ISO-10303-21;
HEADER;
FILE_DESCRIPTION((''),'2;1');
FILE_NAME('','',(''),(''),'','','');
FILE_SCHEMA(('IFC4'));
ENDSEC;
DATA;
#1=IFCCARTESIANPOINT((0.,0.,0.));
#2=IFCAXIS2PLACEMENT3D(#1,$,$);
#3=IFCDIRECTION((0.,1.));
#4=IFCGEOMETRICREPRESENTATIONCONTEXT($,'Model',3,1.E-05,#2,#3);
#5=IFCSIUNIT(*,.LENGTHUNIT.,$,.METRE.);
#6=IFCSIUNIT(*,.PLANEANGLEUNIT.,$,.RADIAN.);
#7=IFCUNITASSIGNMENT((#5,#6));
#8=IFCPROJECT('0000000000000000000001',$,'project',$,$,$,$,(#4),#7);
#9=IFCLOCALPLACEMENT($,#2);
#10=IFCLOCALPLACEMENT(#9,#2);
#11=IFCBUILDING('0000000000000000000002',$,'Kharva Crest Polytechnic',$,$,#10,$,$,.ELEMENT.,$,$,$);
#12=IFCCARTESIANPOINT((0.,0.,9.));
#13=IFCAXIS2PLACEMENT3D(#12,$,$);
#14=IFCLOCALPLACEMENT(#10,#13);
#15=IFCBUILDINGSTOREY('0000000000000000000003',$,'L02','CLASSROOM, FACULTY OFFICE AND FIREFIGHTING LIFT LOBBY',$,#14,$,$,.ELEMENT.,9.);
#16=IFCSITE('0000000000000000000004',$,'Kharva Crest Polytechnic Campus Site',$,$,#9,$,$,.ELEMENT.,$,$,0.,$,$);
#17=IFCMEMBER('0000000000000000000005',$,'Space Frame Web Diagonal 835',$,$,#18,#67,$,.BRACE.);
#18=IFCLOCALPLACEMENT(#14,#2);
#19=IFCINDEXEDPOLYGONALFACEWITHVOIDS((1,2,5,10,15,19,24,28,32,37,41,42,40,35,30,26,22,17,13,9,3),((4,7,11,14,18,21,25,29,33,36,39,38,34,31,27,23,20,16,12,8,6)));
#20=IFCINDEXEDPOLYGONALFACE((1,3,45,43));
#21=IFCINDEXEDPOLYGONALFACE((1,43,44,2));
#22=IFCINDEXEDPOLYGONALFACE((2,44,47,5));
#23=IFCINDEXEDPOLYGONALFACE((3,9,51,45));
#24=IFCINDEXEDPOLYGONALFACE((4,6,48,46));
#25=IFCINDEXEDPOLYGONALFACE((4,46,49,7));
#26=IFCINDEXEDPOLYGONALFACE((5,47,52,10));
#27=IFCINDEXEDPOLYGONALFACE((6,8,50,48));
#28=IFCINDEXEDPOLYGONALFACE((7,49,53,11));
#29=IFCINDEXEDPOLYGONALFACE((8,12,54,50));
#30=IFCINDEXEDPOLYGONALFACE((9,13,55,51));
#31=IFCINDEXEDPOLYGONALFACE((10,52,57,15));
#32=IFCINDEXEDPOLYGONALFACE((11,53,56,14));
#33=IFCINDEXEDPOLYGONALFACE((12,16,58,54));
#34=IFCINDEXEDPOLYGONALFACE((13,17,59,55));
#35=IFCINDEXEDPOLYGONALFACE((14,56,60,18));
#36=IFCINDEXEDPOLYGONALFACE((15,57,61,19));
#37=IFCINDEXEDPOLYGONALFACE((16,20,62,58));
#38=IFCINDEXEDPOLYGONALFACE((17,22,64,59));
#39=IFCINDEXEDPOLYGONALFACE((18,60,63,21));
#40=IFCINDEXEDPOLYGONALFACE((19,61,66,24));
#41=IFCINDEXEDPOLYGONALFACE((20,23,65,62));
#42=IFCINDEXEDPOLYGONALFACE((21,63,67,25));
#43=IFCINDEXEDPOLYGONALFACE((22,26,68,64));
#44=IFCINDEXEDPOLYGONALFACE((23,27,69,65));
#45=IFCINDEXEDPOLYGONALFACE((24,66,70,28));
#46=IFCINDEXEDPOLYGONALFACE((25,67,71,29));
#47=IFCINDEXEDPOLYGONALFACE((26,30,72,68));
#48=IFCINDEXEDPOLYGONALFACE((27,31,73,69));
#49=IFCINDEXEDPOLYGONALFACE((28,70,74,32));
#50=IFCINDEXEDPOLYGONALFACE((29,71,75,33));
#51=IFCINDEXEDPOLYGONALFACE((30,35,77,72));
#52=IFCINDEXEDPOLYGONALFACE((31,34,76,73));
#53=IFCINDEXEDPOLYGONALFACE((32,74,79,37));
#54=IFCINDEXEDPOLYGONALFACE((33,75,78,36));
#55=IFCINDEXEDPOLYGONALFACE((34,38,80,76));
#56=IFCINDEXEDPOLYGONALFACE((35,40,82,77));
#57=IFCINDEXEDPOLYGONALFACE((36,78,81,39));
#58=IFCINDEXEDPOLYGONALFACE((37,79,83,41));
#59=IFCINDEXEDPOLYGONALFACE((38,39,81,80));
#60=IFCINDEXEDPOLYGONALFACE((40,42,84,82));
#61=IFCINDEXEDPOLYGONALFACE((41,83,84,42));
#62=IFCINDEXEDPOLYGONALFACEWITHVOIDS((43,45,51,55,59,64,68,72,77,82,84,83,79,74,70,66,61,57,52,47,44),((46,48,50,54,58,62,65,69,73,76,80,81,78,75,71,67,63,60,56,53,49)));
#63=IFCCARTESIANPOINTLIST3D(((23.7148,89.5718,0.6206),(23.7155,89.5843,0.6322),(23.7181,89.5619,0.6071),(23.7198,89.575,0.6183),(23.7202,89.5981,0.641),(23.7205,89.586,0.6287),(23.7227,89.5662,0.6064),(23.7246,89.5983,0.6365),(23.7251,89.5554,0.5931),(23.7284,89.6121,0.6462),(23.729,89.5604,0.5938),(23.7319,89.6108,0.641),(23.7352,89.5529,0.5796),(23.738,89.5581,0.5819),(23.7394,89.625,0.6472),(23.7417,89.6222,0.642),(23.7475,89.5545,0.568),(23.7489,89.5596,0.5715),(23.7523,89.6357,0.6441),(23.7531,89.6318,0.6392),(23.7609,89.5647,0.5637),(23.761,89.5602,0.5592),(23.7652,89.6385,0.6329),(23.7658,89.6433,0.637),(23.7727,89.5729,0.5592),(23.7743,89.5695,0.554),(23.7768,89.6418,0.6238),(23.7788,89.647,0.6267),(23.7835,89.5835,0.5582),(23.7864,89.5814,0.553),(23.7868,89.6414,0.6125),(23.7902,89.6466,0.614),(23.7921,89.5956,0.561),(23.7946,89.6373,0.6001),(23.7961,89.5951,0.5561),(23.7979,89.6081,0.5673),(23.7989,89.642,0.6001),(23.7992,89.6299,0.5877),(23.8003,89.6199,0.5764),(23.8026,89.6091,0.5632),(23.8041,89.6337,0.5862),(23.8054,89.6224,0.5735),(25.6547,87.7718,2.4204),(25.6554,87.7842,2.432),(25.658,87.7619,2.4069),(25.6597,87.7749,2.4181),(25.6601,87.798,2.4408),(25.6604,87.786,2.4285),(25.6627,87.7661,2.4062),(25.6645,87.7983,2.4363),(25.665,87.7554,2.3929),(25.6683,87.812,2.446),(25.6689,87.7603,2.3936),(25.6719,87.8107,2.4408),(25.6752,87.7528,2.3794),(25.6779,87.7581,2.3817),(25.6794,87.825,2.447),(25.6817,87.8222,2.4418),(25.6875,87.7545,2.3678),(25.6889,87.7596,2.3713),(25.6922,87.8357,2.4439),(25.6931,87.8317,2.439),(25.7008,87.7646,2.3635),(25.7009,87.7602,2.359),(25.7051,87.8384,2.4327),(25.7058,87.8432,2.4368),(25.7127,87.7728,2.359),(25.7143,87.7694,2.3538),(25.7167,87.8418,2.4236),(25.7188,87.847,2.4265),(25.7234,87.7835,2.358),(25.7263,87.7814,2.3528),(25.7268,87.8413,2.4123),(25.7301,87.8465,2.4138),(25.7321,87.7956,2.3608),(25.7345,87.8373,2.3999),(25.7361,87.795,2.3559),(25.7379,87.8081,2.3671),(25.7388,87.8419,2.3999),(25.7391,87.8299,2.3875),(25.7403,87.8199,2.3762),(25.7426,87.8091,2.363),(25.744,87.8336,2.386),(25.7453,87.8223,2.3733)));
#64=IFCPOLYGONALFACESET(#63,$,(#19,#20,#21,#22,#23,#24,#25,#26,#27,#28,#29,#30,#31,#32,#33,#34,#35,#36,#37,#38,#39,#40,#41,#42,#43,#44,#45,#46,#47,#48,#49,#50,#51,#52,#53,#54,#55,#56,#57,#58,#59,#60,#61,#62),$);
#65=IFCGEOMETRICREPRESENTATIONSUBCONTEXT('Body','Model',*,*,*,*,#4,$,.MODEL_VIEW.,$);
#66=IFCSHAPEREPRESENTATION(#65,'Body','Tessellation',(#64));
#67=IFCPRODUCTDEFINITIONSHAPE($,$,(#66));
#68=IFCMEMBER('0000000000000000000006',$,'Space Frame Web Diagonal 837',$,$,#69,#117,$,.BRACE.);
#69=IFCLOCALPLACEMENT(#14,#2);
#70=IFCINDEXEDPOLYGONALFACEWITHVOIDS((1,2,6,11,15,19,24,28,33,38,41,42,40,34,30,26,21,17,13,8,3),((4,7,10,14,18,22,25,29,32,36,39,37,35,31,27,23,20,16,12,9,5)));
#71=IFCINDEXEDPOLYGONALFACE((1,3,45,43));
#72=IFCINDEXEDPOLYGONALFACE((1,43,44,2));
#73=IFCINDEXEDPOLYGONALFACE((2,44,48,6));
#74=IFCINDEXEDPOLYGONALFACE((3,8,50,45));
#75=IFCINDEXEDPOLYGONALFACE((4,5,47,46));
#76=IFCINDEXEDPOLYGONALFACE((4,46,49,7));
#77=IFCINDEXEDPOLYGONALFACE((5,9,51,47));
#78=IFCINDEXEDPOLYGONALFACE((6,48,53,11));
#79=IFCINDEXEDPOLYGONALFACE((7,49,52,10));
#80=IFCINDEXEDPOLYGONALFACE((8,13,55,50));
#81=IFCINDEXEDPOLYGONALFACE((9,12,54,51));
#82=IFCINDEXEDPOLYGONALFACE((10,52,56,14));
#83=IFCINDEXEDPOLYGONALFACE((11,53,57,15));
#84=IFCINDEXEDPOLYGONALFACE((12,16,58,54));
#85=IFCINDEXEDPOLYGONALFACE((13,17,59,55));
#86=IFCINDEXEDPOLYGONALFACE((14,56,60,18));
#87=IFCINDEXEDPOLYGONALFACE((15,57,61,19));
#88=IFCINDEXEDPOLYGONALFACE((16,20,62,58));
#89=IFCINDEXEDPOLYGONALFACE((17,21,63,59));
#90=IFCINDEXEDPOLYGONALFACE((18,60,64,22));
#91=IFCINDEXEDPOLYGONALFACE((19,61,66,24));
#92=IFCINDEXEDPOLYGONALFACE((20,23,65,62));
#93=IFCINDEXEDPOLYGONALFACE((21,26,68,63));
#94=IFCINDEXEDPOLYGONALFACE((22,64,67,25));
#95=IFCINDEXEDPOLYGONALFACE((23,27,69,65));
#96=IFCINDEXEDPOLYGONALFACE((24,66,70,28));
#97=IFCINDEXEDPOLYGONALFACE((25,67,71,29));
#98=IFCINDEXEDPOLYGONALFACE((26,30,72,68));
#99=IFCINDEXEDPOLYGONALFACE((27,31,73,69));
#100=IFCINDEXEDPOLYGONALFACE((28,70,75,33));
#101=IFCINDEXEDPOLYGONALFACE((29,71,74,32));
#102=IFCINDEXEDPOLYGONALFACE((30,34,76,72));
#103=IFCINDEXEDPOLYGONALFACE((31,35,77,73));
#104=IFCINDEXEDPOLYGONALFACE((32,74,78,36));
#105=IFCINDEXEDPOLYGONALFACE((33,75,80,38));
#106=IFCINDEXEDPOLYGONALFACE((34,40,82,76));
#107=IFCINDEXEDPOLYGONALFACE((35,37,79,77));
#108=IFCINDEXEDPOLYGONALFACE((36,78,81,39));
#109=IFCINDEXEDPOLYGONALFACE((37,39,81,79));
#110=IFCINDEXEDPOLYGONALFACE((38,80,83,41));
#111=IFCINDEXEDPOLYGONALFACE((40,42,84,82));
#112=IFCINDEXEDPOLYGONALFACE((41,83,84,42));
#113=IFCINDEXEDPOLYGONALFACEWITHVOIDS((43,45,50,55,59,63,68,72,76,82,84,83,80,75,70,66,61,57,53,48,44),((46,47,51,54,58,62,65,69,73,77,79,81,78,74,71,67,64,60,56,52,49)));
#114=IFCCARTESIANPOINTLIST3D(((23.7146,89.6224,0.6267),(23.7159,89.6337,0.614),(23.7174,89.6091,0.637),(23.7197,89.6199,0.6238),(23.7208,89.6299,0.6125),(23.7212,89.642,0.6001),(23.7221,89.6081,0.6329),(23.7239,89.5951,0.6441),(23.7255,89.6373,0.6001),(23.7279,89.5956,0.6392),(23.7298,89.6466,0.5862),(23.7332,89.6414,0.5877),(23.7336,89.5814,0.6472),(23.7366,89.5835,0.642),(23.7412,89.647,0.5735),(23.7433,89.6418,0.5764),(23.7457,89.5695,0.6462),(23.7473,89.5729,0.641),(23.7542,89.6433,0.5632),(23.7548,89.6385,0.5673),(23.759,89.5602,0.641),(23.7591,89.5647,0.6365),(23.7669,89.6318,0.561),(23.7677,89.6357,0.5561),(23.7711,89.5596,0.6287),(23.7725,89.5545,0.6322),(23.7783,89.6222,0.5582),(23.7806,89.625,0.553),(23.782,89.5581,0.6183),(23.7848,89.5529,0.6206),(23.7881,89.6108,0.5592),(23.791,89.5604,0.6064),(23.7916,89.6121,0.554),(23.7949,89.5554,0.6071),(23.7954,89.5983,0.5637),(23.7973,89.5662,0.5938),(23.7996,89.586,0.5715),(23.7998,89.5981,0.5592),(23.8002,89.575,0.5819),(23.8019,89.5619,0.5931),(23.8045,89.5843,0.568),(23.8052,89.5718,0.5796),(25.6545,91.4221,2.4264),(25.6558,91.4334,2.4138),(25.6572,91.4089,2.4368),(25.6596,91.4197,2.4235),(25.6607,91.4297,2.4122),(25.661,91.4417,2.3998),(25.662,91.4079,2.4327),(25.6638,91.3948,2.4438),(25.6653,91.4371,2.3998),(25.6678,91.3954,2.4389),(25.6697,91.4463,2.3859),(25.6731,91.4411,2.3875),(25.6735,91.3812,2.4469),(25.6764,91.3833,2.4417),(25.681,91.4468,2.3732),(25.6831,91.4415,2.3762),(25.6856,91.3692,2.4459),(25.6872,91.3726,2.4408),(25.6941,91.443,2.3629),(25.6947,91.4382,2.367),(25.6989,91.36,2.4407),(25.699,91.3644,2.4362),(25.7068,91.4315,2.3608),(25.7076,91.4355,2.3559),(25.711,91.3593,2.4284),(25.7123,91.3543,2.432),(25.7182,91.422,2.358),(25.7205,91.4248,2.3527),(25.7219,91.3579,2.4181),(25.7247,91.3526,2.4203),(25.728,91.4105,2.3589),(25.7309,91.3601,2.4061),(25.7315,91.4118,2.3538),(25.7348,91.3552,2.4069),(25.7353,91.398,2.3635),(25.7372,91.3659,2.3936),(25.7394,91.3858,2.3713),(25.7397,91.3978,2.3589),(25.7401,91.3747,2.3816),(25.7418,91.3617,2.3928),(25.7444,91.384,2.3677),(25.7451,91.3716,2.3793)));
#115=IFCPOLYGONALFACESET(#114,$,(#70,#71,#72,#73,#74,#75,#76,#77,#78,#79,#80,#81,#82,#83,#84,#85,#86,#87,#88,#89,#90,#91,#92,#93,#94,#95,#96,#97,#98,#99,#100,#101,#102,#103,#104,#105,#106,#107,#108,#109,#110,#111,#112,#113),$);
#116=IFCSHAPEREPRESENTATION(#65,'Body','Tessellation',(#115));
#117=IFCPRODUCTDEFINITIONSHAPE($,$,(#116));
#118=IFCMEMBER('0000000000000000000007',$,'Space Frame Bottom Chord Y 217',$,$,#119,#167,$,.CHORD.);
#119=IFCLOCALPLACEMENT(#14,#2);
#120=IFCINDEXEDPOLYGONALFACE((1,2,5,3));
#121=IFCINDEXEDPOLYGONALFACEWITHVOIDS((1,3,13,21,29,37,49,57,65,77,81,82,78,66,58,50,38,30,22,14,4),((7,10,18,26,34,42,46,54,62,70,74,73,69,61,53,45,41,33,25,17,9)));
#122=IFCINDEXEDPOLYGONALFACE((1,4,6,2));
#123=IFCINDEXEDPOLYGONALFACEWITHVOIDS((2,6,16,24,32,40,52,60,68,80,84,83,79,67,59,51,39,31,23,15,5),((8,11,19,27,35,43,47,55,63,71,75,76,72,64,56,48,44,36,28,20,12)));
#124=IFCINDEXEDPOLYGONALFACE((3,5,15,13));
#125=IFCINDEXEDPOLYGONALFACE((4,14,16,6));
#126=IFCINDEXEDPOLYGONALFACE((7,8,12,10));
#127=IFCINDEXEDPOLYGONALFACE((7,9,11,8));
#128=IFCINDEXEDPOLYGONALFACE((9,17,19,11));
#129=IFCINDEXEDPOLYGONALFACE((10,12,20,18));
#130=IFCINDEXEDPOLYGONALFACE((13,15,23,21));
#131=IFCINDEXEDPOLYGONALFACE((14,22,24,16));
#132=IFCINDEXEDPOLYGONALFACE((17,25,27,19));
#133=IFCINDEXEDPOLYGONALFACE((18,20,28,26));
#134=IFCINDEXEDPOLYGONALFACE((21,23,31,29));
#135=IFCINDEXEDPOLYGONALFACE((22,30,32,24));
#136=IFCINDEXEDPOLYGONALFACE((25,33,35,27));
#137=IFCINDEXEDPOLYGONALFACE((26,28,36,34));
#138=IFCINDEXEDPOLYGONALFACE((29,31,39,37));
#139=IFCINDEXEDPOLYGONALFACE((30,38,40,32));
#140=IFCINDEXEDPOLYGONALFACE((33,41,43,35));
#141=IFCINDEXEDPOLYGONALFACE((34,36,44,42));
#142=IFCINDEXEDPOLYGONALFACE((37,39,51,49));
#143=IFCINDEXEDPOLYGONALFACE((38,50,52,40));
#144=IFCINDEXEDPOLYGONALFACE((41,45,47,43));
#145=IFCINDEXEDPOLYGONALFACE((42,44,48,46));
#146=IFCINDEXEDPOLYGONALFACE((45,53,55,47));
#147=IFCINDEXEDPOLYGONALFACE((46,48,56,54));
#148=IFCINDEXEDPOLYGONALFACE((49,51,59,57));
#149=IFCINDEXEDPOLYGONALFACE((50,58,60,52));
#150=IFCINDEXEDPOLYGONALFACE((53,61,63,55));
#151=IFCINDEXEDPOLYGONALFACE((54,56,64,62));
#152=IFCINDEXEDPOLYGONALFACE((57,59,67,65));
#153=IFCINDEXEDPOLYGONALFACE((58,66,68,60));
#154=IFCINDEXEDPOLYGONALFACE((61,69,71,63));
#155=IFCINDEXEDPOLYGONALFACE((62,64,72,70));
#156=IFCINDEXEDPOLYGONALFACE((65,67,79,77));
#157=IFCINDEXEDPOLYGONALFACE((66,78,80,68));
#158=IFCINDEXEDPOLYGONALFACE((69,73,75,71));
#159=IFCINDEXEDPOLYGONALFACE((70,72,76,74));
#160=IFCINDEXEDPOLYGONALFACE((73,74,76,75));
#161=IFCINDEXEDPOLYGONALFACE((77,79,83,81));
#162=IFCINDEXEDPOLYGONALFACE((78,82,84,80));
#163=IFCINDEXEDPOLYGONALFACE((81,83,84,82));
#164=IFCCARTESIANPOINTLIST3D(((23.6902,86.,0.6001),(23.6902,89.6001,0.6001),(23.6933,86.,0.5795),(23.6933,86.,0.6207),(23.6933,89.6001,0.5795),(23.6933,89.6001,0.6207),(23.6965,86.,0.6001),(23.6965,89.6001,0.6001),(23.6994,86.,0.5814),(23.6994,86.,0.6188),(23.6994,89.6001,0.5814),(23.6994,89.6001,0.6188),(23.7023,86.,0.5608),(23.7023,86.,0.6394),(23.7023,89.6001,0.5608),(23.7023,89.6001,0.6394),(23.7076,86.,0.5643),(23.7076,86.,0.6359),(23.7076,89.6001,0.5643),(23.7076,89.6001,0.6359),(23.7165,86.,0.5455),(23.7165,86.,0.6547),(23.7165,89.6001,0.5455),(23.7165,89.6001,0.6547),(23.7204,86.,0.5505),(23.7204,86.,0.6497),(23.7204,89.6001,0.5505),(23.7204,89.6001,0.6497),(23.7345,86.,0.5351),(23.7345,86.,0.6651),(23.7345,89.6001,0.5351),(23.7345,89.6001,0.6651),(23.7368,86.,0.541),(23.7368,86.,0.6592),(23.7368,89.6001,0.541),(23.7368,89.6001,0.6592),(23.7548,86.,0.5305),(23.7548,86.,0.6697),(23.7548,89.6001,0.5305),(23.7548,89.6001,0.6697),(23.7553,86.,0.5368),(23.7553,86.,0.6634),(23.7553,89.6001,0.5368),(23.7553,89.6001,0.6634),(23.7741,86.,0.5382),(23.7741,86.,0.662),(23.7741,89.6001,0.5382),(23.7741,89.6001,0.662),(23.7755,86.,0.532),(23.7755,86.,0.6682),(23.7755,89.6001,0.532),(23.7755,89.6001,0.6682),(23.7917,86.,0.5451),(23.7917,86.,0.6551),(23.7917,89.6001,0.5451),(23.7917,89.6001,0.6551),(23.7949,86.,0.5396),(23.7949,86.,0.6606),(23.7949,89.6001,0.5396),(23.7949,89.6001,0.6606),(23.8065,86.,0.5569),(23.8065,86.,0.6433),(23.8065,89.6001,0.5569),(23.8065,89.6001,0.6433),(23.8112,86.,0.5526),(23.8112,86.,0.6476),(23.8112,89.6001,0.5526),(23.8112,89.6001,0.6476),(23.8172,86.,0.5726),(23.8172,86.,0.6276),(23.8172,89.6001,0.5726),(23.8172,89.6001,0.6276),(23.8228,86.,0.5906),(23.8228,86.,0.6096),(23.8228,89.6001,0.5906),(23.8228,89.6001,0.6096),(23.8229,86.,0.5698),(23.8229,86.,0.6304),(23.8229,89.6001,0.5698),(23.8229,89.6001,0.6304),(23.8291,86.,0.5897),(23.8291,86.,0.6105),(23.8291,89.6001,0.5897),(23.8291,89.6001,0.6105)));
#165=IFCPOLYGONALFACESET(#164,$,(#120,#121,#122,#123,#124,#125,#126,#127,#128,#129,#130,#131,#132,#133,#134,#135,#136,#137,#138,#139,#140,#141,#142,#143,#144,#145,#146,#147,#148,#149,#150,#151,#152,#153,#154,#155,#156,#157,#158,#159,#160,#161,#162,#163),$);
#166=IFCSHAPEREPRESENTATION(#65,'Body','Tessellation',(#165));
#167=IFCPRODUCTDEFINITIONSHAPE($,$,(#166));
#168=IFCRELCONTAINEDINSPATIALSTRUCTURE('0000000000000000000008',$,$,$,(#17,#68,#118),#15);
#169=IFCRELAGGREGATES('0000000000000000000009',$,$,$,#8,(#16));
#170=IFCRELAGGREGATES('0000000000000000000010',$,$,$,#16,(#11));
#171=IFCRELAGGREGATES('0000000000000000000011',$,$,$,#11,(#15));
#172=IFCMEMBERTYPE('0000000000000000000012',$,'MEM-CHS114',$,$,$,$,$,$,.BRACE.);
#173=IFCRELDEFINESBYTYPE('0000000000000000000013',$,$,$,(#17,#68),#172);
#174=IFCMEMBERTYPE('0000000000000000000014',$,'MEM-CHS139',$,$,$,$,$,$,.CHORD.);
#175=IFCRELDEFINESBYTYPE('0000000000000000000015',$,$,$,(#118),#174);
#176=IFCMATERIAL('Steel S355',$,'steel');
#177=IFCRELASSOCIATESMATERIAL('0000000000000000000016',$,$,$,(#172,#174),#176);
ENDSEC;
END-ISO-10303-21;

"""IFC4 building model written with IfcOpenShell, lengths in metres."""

from ifc_helpers import new_model, si_unit, direction, frame, origin, origin_2d, place, context, subcontext, project, spatial, hollow_circle, extrude, material, material_profile, profile_set, type_object, element, save


model = new_model("IFC4")

# Units and contexts
model_context = context("Model", 3, precision=1e-05, world=origin(), true_north=direction((0.0, 1.0)))
body_context = subcontext(model_context, "Body", "Model", "MODEL_VIEW")
ifc_project = project(units=[si_unit("LENGTHUNIT", "METRE"), si_unit("PLANEANGLEUNIT", "RADIAN")], contexts=[model_context])

# Site, building, storey
site_placement = place(None, origin())
site = spatial("IfcSite", under=ifc_project, at=site_placement, Name="Kharva Crest Polytechnic Campus Site", CompositionType="ELEMENT", RefElevation=0.0)
building_placement = place(site_placement, origin())
building = spatial("IfcBuilding", under=site, at=building_placement, Name="Kharva Crest Polytechnic", CompositionType="ELEMENT")
storey_placement = place(building_placement, frame((0.0, 0.0, 9.0)))
storey = spatial("IfcBuildingStorey", under=building, at=storey_placement, Name="L02", Description="CLASSROOM, FACULTY OFFICE AND FIREFIGHTING LIFT LOBBY", CompositionType="ELEMENT", Elevation=9.0)

# Shared definitions
ifc_material_1 = material(Name="Steel S355", Category="steel")

# Members
ifc_material_profile_1 = material_profile(ifc_material_1, hollow_circle(Radius=0.0571, WallThickness=0.0063, at=origin_2d()), Name="CHS 114.3X6.3")
ifc_profile_set_1 = profile_set([ifc_material_profile_1], Name="Steel S355")
member_type_1 = type_object("IfcMemberType", Name="MEM-CHS114", PredefinedType="BRACE", material=ifc_profile_set_1)
for number, where, z_axis, x_axis, name in (
    (1, (23.76, 89.6001, 0.6001), (0.606147, -0.562437, 0.562361), (0.680182, 0.733043, 0.0), "Space Frame Web Diagonal 835"),
):
    element("IfcMember", number, at=place(storey_placement, frame(where, z_axis=z_axis, x_axis=x_axis)), inside=storey, type_object=member_type_1, Name=name, PredefinedType="BRACE", context=body_context, shape_type="SweptSolid", body=[
        extrude(hollow_circle(Radius=0.0571, WallThickness=0.0063, at=origin_2d()), origin(), (0.0, 0.0, 1.0), 3.2004),
    ])
member_1_placement = place(storey_placement, frame((23.76, 89.6001, 0.6001), z_axis=(0.606173, 0.562385, 0.562385), x_axis=(-0.680133, 0.733089, 0.0)))
element("IfcMember", 2, at=member_1_placement, inside=storey, type_object=member_type_1, Name="Space Frame Web Diagonal 837", PredefinedType="BRACE", context=body_context, shape_type="SweptSolid", body=[
    extrude(hollow_circle(Radius=0.0571, WallThickness=0.0063, at=origin_2d()), origin(), (0.0, 0.0, 1.0), 3.2002),
])
ifc_material_profile_2 = material_profile(ifc_material_1, hollow_circle(Radius=0.0698, WallThickness=0.0063, at=origin_2d()), Name="CHS 139.7X6.3")
ifc_profile_set_2 = profile_set([ifc_material_profile_2], Name="Steel S355")
member_type_2 = type_object("IfcMemberType", Name="MEM-CHS139", PredefinedType="CHORD", material=ifc_profile_set_2)
member_2_placement = place(storey_placement, frame((23.76, 86.0, 0.6001), z_axis=(0.0, 1.0, 0.0), x_axis=(-1.0, 0.0, 0.0)))
element("IfcMember", 3, at=member_2_placement, inside=storey, type_object=member_type_2, Name="Space Frame Bottom Chord Y 217", PredefinedType="CHORD", context=body_context, shape_type="SweptSolid", body=[
    extrude(hollow_circle(Radius=0.0698, WallThickness=0.0063, at=origin_2d()), origin(), (0.0, 0.0, 1.0), 3.6001),
])

save(model, "model.ifc")
